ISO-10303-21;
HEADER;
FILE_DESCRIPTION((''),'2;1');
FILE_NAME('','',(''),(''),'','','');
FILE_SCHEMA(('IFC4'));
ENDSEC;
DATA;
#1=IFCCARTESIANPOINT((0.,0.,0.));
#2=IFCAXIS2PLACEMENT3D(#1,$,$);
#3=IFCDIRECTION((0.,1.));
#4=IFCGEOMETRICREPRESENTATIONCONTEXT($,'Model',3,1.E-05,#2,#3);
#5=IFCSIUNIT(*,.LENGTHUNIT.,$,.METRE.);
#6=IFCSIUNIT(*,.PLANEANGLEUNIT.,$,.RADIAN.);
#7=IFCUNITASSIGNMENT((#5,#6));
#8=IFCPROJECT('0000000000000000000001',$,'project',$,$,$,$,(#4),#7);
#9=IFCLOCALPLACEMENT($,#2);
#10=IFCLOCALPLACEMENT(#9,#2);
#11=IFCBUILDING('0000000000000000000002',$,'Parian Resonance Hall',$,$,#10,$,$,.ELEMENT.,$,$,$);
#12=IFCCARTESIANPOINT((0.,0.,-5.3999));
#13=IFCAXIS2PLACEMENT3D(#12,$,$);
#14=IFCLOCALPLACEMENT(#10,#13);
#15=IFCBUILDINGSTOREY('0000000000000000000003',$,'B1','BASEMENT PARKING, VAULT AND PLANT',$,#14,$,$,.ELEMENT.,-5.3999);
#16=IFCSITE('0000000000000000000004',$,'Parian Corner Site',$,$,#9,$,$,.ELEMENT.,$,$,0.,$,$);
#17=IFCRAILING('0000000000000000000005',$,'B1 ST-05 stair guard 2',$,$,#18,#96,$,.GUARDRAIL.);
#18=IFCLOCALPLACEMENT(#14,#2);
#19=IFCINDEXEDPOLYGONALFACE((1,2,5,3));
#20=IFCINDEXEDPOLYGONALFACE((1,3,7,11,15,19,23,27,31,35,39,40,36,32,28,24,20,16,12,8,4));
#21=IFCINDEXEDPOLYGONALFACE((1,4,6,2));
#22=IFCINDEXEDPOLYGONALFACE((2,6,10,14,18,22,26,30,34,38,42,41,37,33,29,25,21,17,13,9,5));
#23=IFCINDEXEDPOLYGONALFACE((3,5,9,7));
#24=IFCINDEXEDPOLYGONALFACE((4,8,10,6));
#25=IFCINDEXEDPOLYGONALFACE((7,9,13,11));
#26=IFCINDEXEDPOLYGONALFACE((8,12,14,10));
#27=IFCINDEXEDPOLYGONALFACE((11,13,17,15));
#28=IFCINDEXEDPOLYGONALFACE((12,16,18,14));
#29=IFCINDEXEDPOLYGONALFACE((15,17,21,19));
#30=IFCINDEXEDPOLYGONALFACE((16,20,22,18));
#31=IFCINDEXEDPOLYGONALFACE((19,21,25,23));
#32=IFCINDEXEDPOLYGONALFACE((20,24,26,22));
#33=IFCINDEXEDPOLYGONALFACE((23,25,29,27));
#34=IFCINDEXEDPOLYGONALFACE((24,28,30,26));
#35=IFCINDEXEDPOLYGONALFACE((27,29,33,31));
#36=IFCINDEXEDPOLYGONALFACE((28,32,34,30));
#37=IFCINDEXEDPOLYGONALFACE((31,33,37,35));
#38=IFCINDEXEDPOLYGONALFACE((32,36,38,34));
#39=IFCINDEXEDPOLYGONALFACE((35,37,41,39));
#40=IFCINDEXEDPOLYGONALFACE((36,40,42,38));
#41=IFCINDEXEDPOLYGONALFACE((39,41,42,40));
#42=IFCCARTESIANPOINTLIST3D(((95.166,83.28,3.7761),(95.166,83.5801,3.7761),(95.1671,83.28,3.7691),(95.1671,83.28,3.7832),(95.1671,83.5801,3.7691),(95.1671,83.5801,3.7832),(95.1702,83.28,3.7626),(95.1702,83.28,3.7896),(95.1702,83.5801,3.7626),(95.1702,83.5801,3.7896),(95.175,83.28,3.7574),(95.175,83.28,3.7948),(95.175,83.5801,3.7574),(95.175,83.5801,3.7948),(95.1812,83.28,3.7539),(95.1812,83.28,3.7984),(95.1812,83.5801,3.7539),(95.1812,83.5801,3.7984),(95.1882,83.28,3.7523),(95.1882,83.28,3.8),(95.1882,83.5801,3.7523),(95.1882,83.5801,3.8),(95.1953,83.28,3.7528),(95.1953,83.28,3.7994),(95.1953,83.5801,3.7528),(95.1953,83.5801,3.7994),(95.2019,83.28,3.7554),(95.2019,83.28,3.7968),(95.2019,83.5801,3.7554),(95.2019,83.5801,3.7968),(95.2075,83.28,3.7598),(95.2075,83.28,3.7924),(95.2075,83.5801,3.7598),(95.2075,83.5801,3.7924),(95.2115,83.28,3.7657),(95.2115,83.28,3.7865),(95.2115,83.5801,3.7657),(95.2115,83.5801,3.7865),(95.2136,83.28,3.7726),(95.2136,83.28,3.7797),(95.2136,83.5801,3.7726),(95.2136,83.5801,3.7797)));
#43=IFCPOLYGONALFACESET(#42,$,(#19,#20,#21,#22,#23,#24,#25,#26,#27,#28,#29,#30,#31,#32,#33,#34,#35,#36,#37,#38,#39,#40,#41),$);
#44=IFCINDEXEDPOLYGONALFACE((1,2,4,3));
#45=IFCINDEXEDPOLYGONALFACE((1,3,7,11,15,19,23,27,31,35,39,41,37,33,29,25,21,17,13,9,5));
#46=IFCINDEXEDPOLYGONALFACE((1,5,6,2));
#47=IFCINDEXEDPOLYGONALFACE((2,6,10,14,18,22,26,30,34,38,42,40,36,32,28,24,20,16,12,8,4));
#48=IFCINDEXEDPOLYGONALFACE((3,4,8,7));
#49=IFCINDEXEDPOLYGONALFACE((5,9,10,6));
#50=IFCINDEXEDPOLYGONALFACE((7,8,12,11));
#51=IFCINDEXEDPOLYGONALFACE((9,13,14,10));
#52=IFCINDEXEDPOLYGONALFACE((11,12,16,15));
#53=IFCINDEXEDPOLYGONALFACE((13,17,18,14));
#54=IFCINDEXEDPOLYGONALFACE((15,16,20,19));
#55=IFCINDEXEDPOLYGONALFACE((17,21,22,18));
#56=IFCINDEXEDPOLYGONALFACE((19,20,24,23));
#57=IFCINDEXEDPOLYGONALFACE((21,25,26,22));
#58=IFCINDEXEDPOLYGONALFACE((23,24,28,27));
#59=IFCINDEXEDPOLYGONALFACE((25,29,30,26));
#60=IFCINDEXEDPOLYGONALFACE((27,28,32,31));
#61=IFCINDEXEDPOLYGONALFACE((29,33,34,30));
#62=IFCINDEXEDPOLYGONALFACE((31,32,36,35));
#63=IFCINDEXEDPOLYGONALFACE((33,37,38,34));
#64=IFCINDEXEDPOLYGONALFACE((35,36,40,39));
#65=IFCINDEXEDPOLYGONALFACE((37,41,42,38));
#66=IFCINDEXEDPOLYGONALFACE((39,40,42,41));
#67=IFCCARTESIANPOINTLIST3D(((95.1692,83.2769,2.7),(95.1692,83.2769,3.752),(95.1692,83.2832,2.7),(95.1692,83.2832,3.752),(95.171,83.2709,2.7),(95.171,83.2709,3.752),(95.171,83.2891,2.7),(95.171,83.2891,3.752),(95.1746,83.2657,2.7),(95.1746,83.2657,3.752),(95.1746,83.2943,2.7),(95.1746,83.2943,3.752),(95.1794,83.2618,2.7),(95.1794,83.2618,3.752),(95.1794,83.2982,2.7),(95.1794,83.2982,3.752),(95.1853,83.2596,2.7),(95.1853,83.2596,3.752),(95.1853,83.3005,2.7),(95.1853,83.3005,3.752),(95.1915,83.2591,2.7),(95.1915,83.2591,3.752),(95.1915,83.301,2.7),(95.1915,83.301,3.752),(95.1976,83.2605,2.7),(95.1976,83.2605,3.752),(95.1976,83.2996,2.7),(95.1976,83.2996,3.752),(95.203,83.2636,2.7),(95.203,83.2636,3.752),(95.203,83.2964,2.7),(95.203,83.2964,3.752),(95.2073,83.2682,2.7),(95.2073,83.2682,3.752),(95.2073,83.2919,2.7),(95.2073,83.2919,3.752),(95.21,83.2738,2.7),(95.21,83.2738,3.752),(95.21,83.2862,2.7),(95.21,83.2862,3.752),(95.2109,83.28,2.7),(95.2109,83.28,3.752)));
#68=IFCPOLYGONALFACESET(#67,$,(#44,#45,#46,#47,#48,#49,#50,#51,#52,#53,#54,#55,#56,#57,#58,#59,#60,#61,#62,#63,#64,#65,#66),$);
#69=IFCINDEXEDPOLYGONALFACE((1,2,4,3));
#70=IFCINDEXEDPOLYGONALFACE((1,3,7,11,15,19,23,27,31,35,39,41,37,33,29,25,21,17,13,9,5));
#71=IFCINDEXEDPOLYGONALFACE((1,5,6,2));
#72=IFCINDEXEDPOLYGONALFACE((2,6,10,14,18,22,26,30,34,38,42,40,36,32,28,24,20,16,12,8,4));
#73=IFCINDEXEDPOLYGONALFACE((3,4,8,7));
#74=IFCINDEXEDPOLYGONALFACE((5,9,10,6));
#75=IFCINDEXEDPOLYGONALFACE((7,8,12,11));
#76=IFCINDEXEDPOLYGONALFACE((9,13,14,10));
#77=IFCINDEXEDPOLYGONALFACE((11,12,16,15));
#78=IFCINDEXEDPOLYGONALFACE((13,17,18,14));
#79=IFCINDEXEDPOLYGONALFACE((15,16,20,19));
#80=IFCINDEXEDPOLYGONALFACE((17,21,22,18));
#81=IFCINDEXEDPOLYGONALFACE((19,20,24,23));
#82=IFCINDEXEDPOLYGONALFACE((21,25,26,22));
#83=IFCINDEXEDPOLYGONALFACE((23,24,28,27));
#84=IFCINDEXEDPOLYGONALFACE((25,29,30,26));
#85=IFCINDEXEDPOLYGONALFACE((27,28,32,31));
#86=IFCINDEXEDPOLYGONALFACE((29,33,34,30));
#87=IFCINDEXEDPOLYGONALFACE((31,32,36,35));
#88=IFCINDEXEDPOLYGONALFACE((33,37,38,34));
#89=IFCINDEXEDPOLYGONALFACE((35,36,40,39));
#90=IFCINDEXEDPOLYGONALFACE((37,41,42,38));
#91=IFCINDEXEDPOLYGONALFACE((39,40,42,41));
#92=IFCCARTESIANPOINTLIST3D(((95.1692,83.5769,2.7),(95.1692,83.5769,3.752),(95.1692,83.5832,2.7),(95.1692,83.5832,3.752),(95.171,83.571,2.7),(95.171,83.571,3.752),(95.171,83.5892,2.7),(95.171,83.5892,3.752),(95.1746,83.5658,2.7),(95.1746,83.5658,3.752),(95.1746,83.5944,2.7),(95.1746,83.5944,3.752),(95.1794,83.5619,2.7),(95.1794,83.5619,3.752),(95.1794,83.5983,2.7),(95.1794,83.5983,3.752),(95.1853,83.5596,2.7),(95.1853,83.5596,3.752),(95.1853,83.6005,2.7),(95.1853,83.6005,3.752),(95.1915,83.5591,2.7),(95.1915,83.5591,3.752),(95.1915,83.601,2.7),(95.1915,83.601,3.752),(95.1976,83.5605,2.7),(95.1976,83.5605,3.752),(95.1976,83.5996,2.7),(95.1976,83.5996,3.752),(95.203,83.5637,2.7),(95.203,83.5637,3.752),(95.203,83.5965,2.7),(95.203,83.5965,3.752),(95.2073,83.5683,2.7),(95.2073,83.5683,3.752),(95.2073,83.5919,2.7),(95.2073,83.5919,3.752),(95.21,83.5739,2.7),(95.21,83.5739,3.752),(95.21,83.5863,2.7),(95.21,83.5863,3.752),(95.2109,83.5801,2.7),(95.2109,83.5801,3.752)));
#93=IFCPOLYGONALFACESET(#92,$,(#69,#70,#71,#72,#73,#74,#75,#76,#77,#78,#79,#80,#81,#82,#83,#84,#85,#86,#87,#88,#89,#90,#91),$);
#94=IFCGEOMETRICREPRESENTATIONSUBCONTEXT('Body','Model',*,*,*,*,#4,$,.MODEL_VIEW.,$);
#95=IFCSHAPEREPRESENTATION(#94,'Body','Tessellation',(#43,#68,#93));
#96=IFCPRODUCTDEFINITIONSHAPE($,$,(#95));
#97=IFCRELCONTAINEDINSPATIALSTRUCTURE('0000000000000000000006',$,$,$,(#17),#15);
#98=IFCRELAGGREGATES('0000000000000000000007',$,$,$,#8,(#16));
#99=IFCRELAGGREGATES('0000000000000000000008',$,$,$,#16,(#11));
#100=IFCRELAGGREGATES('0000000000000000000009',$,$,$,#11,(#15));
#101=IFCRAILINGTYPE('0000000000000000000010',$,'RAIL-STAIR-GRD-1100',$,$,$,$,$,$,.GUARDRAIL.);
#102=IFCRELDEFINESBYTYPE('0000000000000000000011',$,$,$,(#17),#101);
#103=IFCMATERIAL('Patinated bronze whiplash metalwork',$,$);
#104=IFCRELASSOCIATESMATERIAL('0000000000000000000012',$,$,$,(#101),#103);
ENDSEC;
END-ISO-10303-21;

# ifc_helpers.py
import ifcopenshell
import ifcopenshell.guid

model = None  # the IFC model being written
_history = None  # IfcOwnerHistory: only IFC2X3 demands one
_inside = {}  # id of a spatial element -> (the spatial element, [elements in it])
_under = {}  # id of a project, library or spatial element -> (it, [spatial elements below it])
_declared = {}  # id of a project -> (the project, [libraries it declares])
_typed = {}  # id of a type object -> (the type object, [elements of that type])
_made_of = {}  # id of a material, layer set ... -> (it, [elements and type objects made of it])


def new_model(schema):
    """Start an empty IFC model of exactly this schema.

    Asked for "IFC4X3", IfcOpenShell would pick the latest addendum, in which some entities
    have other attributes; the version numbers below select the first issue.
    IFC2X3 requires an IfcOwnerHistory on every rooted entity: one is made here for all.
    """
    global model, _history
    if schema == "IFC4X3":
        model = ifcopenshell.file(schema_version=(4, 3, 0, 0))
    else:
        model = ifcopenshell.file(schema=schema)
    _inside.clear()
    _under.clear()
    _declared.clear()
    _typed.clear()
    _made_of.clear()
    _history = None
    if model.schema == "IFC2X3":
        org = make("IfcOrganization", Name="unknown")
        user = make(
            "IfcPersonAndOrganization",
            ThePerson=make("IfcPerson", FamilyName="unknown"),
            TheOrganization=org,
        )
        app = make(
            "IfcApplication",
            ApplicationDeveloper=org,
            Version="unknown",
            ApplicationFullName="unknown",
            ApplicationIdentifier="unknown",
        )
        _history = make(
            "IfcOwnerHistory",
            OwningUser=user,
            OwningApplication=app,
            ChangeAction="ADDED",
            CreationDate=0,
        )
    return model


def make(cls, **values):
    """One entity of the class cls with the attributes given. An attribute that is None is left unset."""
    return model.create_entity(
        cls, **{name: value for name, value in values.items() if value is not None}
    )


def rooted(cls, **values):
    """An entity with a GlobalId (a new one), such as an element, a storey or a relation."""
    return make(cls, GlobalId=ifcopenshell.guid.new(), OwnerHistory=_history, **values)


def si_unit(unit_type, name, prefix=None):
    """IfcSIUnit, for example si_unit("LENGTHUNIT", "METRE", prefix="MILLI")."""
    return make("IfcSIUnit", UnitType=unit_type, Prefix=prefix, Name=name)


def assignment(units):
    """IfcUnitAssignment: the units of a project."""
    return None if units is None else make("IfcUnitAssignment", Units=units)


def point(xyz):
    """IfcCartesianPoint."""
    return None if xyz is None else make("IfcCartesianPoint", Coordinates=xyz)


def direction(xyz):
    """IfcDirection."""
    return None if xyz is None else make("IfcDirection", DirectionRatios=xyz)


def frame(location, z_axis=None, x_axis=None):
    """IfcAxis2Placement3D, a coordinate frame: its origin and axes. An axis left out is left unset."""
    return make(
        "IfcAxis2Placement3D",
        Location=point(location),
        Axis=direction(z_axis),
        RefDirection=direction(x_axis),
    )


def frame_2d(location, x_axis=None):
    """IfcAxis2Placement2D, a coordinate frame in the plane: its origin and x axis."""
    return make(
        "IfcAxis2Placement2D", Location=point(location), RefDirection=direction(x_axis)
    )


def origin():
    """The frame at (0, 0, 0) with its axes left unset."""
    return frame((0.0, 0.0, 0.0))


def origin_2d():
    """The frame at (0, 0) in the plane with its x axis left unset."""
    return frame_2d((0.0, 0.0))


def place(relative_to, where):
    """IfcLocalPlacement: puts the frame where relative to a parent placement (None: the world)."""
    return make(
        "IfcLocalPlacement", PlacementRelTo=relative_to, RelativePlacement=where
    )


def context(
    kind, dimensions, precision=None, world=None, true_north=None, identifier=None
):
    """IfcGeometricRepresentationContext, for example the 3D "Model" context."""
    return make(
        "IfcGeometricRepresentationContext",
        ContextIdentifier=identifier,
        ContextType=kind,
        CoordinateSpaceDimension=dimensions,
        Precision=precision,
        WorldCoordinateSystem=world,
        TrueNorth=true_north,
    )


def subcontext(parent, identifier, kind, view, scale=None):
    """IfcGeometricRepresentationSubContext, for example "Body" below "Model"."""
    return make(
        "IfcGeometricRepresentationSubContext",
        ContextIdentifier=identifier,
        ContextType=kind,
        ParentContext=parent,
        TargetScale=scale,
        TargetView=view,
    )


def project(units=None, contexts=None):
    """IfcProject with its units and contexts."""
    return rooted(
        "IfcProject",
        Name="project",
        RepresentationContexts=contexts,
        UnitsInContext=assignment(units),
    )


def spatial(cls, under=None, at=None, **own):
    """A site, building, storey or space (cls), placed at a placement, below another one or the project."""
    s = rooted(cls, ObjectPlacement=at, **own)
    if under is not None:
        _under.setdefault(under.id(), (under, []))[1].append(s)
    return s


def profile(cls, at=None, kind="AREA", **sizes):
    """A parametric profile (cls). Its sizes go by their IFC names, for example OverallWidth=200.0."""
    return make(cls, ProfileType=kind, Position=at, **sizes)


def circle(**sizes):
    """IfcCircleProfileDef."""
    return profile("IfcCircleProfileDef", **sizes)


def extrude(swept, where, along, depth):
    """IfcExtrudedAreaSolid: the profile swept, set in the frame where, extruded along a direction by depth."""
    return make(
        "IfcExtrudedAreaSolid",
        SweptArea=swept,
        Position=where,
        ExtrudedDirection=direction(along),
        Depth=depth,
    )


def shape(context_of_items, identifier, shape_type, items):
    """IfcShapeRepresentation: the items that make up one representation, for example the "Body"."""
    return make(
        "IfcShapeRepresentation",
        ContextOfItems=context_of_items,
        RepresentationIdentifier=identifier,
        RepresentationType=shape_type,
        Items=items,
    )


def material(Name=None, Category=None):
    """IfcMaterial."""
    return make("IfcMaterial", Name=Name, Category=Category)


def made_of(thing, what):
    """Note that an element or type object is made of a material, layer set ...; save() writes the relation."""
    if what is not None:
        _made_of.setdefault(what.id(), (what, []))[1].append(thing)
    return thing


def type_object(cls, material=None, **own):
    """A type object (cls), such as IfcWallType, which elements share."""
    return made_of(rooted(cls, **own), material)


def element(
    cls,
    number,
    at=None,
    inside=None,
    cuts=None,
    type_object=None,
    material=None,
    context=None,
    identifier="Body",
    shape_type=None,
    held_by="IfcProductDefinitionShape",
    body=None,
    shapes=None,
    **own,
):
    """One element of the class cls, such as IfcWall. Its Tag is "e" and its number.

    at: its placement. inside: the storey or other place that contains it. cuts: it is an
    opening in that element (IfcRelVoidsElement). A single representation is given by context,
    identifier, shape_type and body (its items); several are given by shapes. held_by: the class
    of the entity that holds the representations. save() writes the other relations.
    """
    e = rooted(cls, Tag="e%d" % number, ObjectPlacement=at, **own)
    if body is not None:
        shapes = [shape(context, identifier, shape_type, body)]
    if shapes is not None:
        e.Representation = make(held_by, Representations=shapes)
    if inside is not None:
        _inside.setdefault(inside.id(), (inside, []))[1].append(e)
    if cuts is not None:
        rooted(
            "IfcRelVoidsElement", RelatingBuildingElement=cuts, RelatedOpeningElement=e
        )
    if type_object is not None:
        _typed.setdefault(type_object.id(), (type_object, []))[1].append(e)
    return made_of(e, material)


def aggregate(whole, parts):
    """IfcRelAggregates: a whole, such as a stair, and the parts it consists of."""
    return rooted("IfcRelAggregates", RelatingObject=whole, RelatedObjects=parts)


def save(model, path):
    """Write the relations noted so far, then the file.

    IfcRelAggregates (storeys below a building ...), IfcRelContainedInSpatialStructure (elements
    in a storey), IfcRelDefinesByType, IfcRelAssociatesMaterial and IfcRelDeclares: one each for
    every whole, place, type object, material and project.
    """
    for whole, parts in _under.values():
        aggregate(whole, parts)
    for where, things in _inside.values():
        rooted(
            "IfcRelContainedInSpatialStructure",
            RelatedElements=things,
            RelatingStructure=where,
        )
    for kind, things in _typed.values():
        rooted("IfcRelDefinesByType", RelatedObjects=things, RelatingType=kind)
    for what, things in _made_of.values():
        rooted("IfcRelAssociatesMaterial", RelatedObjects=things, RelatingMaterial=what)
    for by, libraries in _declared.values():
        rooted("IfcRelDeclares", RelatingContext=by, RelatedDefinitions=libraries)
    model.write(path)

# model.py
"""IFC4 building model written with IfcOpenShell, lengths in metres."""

from ifc_helpers import new_model, si_unit, direction, frame, origin, origin_2d, place, context, subcontext, project, spatial, circle, extrude, material, type_object, element, save


model = new_model("IFC4")

# Units and contexts
model_context = context("Model", 3, precision=1e-05, world=origin(), true_north=direction((0.0, 1.0)))
body_context = subcontext(model_context, "Body", "Model", "MODEL_VIEW")
ifc_project = project(units=[si_unit("LENGTHUNIT", "METRE"), si_unit("PLANEANGLEUNIT", "RADIAN")], contexts=[model_context])

# Site, building, storey
site_placement = place(None, origin())
site = spatial("IfcSite", under=ifc_project, at=site_placement, Name="Parian Corner Site", CompositionType="ELEMENT", RefElevation=0.0)
building_placement = place(site_placement, origin())
building = spatial("IfcBuilding", under=site, at=building_placement, Name="Parian Resonance Hall", CompositionType="ELEMENT")
storey_placement = place(building_placement, frame((0.0, 0.0, -5.3999)))
storey = spatial("IfcBuildingStorey", under=building, at=storey_placement, Name="B1", Description="BASEMENT PARKING, VAULT AND PLANT", CompositionType="ELEMENT", Elevation=-5.3999)

# Railing
ifc_material_1 = material(Name="Patinated bronze whiplash metalwork")
railing_type_1 = type_object("IfcRailingType", Name="RAIL-STAIR-GRD-1100", PredefinedType="GUARDRAIL", material=ifc_material_1)
railing_1_placement = place(storey_placement, frame((95.1899, 83.28, 2.7)))
element("IfcRailing", 1, at=railing_1_placement, inside=storey, type_object=railing_type_1, Name="B1 ST-05 stair guard 2", PredefinedType="GUARDRAIL", context=body_context, shape_type="SweptSolid", body=[
    extrude(circle(Radius=0.0239, at=origin_2d()), frame((0.0, 0.0, 1.0762), z_axis=(0.0, 1.0, 0.0), x_axis=(-1.0, 0.0, 0.0)), (0.0, 0.0, 1.0), 0.3),
    extrude(circle(Radius=0.021, at=origin_2d()), origin(), (0.0, 0.0, 1.0), 1.052),
    extrude(circle(Radius=0.021, at=origin_2d()), frame((0.0, 0.3, 0.0)), (0.0, 0.0, 1.0), 1.052),
])

save(model, "model.ifc")
